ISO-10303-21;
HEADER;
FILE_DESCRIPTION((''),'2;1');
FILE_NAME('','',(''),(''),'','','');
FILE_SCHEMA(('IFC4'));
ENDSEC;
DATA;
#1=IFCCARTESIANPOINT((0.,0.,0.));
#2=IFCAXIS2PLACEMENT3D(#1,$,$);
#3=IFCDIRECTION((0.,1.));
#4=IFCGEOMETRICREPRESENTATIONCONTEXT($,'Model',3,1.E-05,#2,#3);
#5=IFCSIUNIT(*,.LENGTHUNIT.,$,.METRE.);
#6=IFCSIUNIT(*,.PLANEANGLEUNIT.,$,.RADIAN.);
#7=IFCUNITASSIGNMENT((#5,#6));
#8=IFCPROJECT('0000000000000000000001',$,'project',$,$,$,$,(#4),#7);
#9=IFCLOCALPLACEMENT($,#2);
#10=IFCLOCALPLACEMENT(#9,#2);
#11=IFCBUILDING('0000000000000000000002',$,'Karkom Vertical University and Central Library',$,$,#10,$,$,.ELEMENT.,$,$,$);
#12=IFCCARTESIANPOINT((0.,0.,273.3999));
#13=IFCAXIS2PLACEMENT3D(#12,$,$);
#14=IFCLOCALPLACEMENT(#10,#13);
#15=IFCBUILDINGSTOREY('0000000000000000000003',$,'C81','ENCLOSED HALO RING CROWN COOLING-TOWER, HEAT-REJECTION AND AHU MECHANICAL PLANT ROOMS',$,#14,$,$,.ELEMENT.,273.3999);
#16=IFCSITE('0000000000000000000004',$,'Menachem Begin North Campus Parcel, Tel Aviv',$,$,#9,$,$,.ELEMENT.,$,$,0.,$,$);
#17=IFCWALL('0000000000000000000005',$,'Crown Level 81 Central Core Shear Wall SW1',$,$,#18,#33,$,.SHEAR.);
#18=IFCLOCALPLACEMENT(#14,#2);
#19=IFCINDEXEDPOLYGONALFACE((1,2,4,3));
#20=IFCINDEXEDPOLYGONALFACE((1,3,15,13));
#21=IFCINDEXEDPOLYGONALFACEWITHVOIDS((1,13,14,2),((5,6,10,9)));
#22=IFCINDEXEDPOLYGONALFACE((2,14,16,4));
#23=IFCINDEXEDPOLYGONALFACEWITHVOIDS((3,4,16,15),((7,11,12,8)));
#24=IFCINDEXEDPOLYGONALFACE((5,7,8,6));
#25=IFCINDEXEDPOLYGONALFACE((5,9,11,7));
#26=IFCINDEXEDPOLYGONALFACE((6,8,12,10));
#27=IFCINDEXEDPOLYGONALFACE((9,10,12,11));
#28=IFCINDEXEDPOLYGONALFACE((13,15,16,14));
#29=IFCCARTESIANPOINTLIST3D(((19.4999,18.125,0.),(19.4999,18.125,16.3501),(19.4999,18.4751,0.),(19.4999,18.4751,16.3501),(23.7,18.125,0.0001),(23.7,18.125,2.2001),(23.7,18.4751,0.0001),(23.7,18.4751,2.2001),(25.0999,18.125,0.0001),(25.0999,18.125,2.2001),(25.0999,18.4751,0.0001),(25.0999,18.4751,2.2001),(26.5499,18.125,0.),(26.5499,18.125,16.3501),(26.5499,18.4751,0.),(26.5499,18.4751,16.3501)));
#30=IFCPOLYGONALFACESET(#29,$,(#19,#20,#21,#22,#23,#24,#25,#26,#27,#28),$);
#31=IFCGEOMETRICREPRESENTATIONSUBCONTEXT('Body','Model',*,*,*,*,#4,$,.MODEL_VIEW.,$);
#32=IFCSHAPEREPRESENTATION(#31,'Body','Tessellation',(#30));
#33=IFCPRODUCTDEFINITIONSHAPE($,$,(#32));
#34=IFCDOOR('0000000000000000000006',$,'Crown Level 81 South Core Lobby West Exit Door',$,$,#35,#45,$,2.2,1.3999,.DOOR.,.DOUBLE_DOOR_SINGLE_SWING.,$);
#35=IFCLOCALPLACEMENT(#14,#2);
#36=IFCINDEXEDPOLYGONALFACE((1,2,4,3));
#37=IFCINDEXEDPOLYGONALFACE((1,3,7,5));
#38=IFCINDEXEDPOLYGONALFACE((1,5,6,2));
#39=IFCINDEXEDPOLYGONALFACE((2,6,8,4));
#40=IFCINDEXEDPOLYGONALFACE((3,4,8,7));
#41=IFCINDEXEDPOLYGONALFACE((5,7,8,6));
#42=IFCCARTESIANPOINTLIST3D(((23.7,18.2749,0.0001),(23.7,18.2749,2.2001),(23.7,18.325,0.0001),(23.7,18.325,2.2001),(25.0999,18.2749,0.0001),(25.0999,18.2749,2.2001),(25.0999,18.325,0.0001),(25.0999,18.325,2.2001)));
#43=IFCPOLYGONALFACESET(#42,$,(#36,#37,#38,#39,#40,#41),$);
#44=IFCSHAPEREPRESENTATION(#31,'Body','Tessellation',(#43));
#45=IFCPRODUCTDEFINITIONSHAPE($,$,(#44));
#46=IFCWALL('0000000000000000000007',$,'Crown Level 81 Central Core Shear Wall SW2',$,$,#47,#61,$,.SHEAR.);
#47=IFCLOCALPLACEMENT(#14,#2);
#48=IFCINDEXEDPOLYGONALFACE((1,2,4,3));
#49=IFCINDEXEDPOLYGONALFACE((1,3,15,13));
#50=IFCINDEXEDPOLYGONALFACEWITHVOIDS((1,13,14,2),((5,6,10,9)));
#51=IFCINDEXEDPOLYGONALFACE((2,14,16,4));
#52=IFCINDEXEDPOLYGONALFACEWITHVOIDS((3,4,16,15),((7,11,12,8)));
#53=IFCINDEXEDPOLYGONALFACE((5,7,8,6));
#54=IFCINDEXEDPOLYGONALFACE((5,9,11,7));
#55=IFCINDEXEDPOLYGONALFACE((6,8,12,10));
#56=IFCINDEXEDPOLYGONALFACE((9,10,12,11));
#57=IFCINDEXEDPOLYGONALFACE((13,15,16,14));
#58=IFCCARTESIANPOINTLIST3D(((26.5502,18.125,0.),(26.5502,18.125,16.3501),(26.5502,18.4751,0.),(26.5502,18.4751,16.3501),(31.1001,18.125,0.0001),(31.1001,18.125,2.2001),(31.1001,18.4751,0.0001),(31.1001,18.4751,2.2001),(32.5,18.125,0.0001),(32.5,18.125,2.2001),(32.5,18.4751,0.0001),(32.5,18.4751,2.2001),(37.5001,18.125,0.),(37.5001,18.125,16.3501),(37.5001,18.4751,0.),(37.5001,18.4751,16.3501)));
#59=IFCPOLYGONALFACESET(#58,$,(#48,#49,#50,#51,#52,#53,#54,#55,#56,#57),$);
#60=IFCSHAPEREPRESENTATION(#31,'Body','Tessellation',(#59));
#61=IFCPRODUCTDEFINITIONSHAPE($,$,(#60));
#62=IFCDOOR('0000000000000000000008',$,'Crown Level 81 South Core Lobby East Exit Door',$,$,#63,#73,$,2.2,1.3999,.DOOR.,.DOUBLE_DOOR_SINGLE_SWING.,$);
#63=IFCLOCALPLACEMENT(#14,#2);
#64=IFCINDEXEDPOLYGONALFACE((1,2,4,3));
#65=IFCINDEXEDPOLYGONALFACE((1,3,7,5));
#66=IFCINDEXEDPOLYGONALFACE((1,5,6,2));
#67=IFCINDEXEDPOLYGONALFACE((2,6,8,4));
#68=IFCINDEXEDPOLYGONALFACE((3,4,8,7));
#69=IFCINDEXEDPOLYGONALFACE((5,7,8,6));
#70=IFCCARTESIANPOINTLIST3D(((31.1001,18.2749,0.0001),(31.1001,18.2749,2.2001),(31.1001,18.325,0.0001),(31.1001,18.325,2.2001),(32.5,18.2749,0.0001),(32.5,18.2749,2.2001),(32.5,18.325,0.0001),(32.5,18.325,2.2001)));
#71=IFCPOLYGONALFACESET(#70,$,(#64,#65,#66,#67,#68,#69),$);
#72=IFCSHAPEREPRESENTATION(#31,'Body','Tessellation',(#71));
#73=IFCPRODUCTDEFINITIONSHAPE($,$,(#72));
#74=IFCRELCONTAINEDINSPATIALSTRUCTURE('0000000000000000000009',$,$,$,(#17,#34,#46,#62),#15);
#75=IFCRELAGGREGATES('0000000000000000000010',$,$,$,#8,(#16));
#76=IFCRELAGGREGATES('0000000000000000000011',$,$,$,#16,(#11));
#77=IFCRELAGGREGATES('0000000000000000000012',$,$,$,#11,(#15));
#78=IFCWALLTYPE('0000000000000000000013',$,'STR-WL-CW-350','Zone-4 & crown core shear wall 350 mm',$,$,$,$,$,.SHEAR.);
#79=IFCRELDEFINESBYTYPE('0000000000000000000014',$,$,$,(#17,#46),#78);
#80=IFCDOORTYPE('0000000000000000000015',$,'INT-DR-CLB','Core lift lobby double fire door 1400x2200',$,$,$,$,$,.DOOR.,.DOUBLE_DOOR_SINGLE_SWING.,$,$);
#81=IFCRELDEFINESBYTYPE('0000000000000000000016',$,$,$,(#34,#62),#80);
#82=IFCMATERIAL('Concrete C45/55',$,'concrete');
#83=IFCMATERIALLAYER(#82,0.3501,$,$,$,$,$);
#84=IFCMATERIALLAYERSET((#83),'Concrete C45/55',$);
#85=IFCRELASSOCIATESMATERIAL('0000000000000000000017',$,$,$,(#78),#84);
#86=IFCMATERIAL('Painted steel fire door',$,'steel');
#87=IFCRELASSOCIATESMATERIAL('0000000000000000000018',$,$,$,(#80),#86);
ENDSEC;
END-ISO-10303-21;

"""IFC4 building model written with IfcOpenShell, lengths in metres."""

from ifc_helpers import new_model, si_unit, direction, frame, frame_2d, origin, origin_with_axes, place, context, subcontext, project, spatial, rectangle, extrude, source, transform, mapped, material, layer, layer_set, type_object, element, fill, save


model = new_model("IFC4")

# Units and contexts
model_context = context("Model", 3, precision=1e-05, world=origin(), true_north=direction((0.0, 1.0)))
body_context = subcontext(model_context, "Body", "Model", "MODEL_VIEW")
ifc_project = project(units=[si_unit("LENGTHUNIT", "METRE"), si_unit("PLANEANGLEUNIT", "RADIAN")], contexts=[model_context])

# Site, building, storey
site_placement = place(None, origin())
site = spatial("IfcSite", under=ifc_project, at=site_placement, Name="Menachem Begin North Campus Parcel, Tel Aviv", CompositionType="ELEMENT", RefElevation=0.0)
building_placement = place(site_placement, origin())
building = spatial("IfcBuilding", under=site, at=building_placement, Name="Karkom Vertical University and Central Library", CompositionType="ELEMENT")
storey_placement = place(building_placement, frame((0.0, 0.0, 273.3999)))
storey = spatial("IfcBuildingStorey", under=building, at=storey_placement, Name="C81", Description="ENCLOSED HALO RING CROWN COOLING-TOWER, HEAT-REJECTION AND AHU MECHANICAL PLANT ROOMS", CompositionType="ELEMENT", Elevation=273.3999)

# Shared definitions
ifc_material_1 = material(Name="Concrete C45/55", Category="concrete")

# Walls, openings, doors
ifc_layer_1 = layer(ifc_material_1, 0.3501)
ifc_layer_set_1 = layer_set([ifc_layer_1], Name="Concrete C45/55")
wall_type_1 = type_object("IfcWallType", Name="STR-WL-CW-350", Description="Zone-4 & crown core shear wall 350 mm", PredefinedType="SHEAR", material=ifc_layer_set_1)
wall_1_placement = place(storey_placement, frame((19.5, 18.3, 0.0), z_axis=(0.0, 0.0, 1.0), x_axis=(1.0, 0.0, 0.0)))
wall_1 = element("IfcWall", 1, at=wall_1_placement, inside=storey, type_object=wall_type_1, Name="Crown Level 81 Central Core Shear Wall SW1", PredefinedType="SHEAR", context=body_context, shape_type="SweptSolid", body=[
    extrude(rectangle(XDim=7.05, YDim=0.3501, at=frame_2d((3.5249, 0.0))), origin(), (0.0, 0.0, 1.0), 16.3501),
])
opening_1_placement = place(wall_1_placement, frame((4.2, 0.0, 0.0)))
opening_1 = element("IfcOpeningElement", 2, at=opening_1_placement, cuts=wall_1, PredefinedType="OPENING", context=body_context, shape_type="SweptSolid", body=[
    extrude(rectangle(XDim=1.3999, YDim=2.2, at=frame_2d((0.7, 1.1001))), frame((0.0, 0.1851, 0.0), z_axis=(0.0, -1.0, 0.0), x_axis=(1.0, 0.0, 0.0)), (0.0, 0.0, 1.0), 0.3701),
])
ifc_material_2 = material(Name="Painted steel fire door", Category="steel")
door_type_1 = type_object("IfcDoorType", Name="INT-DR-CLB", Description="Core lift lobby double fire door 1400x2200", OperationType="DOUBLE_DOOR_SINGLE_SWING", PredefinedType="DOOR", material=ifc_material_2)
shared_shape_1 = source(origin_with_axes(), body_context, "Body", "SweptSolid", [
    extrude(rectangle(XDim=1.3999, YDim=2.2, at=frame_2d((0.7, 1.1001))), frame((0.0, 0.0249, 0.0), z_axis=(0.0, -1.0, 0.0), x_axis=(1.0, 0.0, 0.0)), (0.0, 0.0, 1.0), 0.05),
])
door_1_placement = place(opening_1_placement, origin())
door_1 = element("IfcDoor", 3, at=door_1_placement, inside=storey, type_object=door_type_1, Name="Crown Level 81 South Core Lobby West Exit Door", OperationType="DOUBLE_DOOR_SINGLE_SWING", OverallHeight=2.2, OverallWidth=1.3999, PredefinedType="DOOR", context=body_context, shape_type="MappedRepresentation", body=[
    mapped(shared_shape_1, transform((0.0, 0.0, 0.0), scale=1.0)),
])
fill(opening_1, door_1)
wall_2_placement = place(storey_placement, frame((26.55, 18.3, 0.0), z_axis=(0.0, 0.0, 1.0), x_axis=(1.0, 0.0, 0.0)))
wall_2 = element("IfcWall", 4, at=wall_2_placement, inside=storey, type_object=wall_type_1, Name="Crown Level 81 Central Core Shear Wall SW2", PredefinedType="SHEAR", context=body_context, shape_type="SweptSolid", body=[
    extrude(rectangle(XDim=10.95, YDim=0.3501, at=frame_2d((5.4751, 0.0))), origin(), (0.0, 0.0, 1.0), 16.3501),
])
opening_2_placement = place(wall_2_placement, frame((4.55, 0.0, 0.0)))
opening_2 = element("IfcOpeningElement", 5, at=opening_2_placement, cuts=wall_2, PredefinedType="OPENING", context=body_context, shape_type="SweptSolid", body=[
    extrude(rectangle(XDim=1.3999, YDim=2.2, at=frame_2d((0.7, 1.1001))), frame((0.0, 0.1851, 0.0), z_axis=(0.0, -1.0, 0.0), x_axis=(1.0, 0.0, 0.0)), (0.0, 0.0, 1.0), 0.3701),
])
door_2_placement = place(opening_2_placement, origin())
door_2 = element("IfcDoor", 6, at=door_2_placement, inside=storey, type_object=door_type_1, Name="Crown Level 81 South Core Lobby East Exit Door", OperationType="DOUBLE_DOOR_SINGLE_SWING", OverallHeight=2.2, OverallWidth=1.3999, PredefinedType="DOOR", context=body_context, shape_type="MappedRepresentation", body=[
    mapped(shared_shape_1, transform((0.0, 0.0, 0.0), scale=1.0)),
])
fill(opening_2, door_2)

save(model, "model.ifc")
